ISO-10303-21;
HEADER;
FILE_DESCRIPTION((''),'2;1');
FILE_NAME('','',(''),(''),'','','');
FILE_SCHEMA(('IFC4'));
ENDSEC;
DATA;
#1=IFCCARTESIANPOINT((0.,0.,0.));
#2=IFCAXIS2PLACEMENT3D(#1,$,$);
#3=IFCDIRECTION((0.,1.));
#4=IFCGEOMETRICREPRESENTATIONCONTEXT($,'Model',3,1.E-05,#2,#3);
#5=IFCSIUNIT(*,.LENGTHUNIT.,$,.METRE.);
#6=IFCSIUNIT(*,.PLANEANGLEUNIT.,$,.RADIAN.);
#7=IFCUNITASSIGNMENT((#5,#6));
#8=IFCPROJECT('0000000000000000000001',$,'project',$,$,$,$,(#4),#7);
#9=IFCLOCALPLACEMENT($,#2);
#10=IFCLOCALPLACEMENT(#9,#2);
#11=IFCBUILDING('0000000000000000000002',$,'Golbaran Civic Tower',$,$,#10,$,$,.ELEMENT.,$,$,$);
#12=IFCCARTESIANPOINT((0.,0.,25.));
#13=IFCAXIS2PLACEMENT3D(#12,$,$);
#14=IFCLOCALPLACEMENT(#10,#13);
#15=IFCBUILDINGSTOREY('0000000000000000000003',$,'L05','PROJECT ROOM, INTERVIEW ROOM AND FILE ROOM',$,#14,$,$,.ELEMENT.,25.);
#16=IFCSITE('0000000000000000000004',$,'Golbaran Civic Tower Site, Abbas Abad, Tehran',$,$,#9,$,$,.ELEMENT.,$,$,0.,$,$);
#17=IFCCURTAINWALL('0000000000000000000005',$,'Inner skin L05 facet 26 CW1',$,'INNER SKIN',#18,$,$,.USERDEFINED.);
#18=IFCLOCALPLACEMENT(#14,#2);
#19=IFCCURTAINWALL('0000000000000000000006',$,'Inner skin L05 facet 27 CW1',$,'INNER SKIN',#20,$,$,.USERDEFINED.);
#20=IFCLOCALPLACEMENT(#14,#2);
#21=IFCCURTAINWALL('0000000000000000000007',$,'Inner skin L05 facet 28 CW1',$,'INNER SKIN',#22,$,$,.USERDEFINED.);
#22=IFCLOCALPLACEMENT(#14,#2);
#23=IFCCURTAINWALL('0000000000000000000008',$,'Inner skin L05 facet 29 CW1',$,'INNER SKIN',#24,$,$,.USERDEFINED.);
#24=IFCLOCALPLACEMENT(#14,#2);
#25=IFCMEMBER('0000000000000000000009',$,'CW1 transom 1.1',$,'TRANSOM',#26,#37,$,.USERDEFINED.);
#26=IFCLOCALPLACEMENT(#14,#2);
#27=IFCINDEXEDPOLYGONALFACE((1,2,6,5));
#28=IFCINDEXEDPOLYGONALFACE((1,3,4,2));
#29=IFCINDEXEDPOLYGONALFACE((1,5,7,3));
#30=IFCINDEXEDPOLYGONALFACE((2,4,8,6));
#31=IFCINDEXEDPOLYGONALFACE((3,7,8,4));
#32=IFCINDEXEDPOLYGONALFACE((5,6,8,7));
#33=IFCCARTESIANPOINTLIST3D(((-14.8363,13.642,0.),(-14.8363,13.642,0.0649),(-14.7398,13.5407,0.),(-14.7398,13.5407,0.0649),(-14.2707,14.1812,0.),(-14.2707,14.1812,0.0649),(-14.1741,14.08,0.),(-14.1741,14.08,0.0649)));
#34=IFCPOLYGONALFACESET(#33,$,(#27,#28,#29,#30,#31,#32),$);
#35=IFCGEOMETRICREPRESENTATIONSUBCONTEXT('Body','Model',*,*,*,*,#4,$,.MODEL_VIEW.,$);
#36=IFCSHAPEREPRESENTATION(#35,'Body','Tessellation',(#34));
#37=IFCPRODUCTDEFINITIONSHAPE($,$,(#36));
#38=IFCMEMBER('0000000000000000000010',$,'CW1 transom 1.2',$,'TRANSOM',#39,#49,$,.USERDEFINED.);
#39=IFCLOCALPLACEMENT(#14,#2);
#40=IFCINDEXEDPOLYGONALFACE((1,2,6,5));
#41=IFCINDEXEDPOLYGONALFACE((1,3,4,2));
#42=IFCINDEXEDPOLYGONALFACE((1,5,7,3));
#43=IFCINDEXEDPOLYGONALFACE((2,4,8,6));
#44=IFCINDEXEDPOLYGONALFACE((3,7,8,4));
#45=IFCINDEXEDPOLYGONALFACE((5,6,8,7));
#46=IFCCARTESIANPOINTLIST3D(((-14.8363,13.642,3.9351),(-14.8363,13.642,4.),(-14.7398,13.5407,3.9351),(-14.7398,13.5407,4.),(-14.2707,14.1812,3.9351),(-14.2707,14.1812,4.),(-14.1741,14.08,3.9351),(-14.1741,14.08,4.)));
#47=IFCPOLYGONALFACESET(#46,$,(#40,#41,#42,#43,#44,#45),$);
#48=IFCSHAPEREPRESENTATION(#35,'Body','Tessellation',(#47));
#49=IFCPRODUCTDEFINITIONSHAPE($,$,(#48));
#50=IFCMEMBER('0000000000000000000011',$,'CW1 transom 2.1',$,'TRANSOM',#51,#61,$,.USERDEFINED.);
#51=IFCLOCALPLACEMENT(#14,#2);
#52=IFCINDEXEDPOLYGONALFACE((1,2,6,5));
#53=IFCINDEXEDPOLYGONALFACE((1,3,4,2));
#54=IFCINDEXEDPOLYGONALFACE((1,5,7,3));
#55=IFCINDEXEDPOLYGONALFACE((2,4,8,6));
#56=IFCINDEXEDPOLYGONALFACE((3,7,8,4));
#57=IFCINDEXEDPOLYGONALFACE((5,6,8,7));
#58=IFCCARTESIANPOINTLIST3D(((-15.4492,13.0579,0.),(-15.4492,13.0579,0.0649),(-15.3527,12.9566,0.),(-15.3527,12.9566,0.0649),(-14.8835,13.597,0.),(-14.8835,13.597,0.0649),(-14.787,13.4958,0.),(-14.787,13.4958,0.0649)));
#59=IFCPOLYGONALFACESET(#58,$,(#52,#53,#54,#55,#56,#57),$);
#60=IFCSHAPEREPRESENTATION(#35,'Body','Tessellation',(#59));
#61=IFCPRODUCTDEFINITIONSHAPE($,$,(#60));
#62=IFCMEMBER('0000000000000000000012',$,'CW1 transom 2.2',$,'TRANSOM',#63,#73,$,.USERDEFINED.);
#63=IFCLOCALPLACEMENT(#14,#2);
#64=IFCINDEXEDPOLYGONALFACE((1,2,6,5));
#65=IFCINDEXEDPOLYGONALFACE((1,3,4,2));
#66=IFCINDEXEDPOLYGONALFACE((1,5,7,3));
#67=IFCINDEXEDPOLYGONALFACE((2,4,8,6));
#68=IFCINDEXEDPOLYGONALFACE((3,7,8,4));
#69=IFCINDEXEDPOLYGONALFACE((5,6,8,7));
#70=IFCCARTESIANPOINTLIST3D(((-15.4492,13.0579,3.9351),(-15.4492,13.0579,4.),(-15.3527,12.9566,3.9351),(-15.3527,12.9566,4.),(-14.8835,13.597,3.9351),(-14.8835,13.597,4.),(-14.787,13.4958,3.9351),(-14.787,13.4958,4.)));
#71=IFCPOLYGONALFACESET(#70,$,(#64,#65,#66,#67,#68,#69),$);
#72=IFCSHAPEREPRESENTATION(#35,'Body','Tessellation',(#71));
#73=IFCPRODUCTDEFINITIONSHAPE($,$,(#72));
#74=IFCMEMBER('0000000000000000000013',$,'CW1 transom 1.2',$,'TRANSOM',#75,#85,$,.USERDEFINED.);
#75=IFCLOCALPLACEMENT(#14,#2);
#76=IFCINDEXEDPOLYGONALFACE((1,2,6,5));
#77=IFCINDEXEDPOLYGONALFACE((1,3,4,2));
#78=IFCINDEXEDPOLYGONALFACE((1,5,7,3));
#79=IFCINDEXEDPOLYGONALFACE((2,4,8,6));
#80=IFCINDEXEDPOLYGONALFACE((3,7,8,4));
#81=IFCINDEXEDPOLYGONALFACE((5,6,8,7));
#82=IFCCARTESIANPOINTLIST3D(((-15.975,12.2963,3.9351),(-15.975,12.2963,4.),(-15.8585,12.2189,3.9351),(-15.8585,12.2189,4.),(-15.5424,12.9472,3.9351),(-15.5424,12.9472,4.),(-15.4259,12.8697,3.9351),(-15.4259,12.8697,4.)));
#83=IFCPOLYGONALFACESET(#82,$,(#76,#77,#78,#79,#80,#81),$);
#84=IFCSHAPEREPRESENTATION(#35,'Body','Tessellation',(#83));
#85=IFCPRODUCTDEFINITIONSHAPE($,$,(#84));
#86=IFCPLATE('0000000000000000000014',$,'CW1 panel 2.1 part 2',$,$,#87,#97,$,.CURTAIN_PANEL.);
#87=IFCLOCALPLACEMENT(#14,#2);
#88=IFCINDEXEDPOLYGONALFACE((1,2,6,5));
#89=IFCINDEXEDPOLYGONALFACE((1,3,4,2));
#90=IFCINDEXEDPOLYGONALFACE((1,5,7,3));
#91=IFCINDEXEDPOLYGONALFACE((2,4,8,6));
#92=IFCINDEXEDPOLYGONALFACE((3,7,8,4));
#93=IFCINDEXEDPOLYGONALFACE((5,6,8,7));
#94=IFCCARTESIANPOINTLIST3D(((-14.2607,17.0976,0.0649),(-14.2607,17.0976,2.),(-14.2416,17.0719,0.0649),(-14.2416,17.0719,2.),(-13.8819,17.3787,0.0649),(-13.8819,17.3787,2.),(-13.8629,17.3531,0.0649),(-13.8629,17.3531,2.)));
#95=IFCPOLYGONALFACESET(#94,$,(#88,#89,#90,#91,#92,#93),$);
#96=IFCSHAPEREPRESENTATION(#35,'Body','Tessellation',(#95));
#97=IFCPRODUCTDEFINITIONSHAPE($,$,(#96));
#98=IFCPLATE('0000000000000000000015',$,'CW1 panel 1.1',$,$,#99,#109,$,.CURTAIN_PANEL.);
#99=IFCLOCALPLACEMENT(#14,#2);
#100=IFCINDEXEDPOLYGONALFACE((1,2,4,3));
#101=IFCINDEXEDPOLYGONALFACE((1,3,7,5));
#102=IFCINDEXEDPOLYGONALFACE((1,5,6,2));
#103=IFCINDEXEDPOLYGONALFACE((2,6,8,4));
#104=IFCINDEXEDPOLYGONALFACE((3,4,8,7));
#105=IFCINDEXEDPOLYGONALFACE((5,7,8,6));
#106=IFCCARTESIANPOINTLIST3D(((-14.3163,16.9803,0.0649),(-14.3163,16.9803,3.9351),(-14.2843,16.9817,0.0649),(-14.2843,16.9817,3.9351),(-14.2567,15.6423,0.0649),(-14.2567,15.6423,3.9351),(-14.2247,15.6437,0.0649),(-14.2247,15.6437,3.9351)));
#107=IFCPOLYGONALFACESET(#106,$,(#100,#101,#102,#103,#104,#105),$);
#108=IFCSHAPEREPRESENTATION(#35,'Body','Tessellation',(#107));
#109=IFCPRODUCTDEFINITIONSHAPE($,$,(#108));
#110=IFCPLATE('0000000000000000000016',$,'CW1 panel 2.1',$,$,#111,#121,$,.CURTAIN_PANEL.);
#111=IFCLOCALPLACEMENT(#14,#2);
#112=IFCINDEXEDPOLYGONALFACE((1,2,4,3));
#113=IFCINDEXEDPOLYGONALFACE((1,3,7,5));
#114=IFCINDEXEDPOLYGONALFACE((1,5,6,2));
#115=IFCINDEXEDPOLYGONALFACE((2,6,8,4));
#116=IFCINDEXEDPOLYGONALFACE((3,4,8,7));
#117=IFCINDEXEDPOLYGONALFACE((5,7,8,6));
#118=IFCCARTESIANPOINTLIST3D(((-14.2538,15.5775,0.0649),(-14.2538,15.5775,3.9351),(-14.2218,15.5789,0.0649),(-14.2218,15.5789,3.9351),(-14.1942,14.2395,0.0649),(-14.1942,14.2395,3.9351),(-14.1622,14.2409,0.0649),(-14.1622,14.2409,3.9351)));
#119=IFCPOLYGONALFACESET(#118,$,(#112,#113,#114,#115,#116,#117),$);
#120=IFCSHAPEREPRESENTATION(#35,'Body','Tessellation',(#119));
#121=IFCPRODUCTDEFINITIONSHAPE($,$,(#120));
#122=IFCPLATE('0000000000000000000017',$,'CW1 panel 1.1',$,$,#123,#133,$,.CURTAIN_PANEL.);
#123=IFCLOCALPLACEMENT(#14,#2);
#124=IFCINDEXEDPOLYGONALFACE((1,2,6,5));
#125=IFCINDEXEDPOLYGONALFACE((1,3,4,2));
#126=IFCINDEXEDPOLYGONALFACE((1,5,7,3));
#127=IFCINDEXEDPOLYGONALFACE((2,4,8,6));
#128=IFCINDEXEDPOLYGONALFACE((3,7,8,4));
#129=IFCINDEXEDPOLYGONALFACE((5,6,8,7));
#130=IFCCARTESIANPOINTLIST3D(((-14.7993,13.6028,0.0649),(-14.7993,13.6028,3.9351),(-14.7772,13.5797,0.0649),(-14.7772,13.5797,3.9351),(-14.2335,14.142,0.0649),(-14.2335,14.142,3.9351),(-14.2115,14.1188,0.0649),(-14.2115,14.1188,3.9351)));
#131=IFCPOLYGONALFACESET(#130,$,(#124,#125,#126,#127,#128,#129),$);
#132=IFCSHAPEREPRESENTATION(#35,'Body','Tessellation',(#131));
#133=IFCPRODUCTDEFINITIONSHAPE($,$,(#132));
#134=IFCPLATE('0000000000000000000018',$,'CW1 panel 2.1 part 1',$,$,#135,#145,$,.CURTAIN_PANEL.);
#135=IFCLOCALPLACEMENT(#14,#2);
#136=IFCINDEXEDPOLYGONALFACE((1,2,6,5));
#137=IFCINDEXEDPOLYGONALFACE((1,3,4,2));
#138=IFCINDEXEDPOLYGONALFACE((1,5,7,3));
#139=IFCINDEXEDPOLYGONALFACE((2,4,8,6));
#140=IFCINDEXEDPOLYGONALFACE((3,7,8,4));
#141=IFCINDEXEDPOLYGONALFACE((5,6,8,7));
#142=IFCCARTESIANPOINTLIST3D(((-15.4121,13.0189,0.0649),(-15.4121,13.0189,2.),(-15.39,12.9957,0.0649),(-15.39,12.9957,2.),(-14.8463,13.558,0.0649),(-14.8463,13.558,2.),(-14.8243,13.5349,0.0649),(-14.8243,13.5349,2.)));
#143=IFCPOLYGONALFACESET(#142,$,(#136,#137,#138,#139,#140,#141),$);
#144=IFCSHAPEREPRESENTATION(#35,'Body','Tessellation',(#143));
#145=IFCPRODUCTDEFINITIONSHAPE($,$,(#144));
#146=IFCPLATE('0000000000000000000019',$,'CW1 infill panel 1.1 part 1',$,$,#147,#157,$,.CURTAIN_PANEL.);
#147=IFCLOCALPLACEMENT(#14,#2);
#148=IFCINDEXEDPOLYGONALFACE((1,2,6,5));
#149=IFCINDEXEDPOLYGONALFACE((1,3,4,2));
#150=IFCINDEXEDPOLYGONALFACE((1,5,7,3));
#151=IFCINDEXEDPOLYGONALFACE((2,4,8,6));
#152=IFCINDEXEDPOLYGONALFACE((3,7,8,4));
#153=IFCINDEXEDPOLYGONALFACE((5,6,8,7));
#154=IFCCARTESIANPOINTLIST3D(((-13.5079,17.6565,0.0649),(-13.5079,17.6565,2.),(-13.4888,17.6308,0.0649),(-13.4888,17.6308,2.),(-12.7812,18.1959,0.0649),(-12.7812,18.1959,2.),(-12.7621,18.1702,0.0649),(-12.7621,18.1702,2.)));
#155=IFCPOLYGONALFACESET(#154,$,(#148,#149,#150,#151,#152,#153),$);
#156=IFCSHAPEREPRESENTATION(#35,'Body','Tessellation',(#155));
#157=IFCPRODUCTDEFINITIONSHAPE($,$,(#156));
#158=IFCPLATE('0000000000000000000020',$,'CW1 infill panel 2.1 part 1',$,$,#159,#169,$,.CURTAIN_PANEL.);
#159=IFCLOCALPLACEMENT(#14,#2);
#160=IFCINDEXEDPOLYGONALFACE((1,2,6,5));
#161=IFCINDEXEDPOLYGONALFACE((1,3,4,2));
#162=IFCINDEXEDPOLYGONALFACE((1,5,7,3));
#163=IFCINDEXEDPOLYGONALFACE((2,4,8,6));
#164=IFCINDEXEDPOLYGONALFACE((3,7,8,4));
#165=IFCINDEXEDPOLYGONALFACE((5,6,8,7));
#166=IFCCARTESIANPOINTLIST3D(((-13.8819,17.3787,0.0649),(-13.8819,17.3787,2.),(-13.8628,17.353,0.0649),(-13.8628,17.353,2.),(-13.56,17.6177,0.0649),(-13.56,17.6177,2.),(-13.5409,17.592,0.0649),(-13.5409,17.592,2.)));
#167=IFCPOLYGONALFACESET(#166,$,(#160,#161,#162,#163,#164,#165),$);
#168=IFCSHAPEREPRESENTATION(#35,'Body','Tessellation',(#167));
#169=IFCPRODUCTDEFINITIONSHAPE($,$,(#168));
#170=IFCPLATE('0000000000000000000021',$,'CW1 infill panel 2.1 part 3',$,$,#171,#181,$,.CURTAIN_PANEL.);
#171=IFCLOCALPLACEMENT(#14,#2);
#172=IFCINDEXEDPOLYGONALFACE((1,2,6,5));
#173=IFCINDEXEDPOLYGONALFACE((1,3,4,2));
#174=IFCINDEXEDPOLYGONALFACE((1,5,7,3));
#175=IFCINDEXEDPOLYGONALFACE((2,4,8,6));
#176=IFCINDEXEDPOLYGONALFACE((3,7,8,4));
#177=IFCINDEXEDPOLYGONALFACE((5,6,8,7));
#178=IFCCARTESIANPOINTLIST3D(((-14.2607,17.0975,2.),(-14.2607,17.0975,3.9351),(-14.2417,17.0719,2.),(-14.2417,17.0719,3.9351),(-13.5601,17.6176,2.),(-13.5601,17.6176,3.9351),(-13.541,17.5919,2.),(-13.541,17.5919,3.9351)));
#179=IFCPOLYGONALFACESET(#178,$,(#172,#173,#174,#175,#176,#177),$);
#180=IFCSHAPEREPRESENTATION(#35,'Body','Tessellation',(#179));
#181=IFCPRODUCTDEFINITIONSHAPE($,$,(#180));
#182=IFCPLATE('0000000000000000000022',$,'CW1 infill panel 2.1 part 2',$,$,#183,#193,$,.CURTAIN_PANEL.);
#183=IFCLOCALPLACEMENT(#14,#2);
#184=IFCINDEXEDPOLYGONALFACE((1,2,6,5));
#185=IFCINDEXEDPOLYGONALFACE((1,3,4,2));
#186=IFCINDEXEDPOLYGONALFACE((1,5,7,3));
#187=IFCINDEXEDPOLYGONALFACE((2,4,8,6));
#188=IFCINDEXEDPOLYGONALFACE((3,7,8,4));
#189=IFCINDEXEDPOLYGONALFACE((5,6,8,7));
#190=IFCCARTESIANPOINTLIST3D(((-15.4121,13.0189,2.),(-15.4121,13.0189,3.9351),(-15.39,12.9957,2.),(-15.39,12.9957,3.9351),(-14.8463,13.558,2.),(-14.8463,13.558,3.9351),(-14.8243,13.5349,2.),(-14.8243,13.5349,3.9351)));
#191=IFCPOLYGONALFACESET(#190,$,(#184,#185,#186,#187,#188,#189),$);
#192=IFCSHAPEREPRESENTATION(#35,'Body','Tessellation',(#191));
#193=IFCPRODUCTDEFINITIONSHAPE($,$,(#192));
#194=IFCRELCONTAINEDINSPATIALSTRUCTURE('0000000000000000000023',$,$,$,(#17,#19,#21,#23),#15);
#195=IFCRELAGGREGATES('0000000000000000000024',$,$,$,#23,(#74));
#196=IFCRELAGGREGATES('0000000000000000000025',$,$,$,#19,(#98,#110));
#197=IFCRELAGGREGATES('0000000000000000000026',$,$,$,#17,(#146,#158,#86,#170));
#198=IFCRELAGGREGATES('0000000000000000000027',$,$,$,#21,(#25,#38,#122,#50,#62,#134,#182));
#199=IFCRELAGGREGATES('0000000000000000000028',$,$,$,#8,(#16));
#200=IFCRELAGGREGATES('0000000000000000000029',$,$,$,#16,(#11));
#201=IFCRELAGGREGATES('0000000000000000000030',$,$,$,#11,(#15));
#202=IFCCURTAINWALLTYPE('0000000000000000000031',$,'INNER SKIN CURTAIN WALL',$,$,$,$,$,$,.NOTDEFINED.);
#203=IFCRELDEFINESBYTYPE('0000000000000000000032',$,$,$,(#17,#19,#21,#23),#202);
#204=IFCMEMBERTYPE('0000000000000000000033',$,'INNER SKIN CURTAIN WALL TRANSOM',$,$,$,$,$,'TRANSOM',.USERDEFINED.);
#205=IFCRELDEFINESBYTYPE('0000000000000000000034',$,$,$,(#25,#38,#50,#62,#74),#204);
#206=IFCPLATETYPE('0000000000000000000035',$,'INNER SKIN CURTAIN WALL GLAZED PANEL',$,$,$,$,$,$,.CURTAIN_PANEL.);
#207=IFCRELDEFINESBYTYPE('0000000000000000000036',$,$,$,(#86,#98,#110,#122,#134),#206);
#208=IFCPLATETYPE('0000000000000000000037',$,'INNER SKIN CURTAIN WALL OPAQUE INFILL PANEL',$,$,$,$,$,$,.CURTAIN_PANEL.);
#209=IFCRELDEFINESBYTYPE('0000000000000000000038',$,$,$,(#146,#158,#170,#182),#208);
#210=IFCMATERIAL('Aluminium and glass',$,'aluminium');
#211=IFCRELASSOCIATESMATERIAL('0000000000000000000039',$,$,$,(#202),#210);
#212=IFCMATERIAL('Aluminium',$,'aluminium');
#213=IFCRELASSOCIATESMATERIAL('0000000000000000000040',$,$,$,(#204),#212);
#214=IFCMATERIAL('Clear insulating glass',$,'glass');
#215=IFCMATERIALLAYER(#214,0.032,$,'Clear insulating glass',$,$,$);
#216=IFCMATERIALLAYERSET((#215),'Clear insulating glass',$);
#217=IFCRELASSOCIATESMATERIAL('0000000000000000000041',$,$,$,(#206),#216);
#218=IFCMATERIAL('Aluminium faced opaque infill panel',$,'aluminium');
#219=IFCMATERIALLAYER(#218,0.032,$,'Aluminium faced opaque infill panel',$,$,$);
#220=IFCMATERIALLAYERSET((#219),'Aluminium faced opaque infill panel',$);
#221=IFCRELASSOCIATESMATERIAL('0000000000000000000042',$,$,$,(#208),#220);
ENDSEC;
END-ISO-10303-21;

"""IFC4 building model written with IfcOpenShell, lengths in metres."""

from ifc_helpers import new_model, si_unit, direction, frame, origin, origin_2d, place, context, subcontext, project, spatial, rectangle, extrude, material, layer, layer_set, material_profile, profile_set, type_object, element, aggregate, save


model = new_model("IFC4")

# Units and contexts
model_context = context("Model", 3, precision=1e-05, world=origin(), true_north=direction((0.0, 1.0)))
body_context = subcontext(model_context, "Body", "Model", "MODEL_VIEW")
ifc_project = project(units=[si_unit("LENGTHUNIT", "METRE"), si_unit("PLANEANGLEUNIT", "RADIAN")], contexts=[model_context])

# Site, building, storey
site_placement = place(None, origin())
site = spatial("IfcSite", under=ifc_project, at=site_placement, Name="Golbaran Civic Tower Site, Abbas Abad, Tehran", CompositionType="ELEMENT", RefElevation=0.0)
building_placement = place(site_placement, origin())
building = spatial("IfcBuilding", under=site, at=building_placement, Name="Golbaran Civic Tower", CompositionType="ELEMENT")
storey_placement = place(building_placement, frame((0.0, 0.0, 25.0)))
storey = spatial("IfcBuildingStorey", under=building, at=storey_placement, Name="L05", Description="PROJECT ROOM, INTERVIEW ROOM AND FILE ROOM", CompositionType="ELEMENT", Elevation=25.0)

# Curtain walls
ifc_material_1 = material(Name="Aluminium and glass", Category="aluminium")
curtain_wall_type = type_object("IfcCurtainWallType", Name="INNER SKIN CURTAIN WALL", PredefinedType="NOTDEFINED", material=ifc_material_1)
curtain_wall_1_placement = place(storey_placement, origin())
curtain_wall_1 = element("IfcCurtainWall", 1, at=curtain_wall_1_placement, inside=storey, type_object=curtain_wall_type, Name="Inner skin L05 facet 26 CW1", ObjectType="INNER SKIN", PredefinedType="USERDEFINED")
ifc_material_2 = material(Name="Aluminium", Category="aluminium")
curtain_wall_2_placement = place(storey_placement, origin())
curtain_wall_2 = element("IfcCurtainWall", 2, at=curtain_wall_2_placement, inside=storey, type_object=curtain_wall_type, Name="Inner skin L05 facet 27 CW1", ObjectType="INNER SKIN", PredefinedType="USERDEFINED")
curtain_wall_3_placement = place(storey_placement, origin())
curtain_wall_3 = element("IfcCurtainWall", 3, at=curtain_wall_3_placement, inside=storey, type_object=curtain_wall_type, Name="Inner skin L05 facet 28 CW1", ObjectType="INNER SKIN", PredefinedType="USERDEFINED")

# Curtain wall
curtain_wall_4_placement = place(storey_placement, origin())
curtain_wall_4 = element("IfcCurtainWall", 4, at=curtain_wall_4_placement, inside=storey, type_object=curtain_wall_type, Name="Inner skin L05 facet 29 CW1", ObjectType="INNER SKIN", PredefinedType="USERDEFINED")

# Members
ifc_material_profile_1 = material_profile(ifc_material_2, rectangle(XDim=0.1399, YDim=0.0649, at=origin_2d()), Name="INNER SKIN CURTAIN WALL TRANSOM")
ifc_profile_set_1 = profile_set([ifc_material_profile_1], Name="Aluminium")
member_type_1 = type_object("IfcMemberType", Name="INNER SKIN CURTAIN WALL TRANSOM", ElementType="TRANSOM", PredefinedType="USERDEFINED", material=ifc_profile_set_1)
member_1_placement = place(storey_placement, frame((-14.2224, 14.1306, 0.0325), z_axis=(-0.723774, -0.690037, 0.0), x_axis=(0.690037, -0.723774, 0.0)))
member_1 = element("IfcMember", 5, at=member_1_placement, type_object=member_type_1, Name="CW1 transom 1.1", ObjectType="TRANSOM", PredefinedType="USERDEFINED", context=body_context, shape_type="SweptSolid", body=[
    extrude(rectangle(XDim=0.1399, YDim=0.0649, at=origin_2d()), origin(), (0.0, 0.0, 1.0), 0.7815),
])
member_2_placement = place(storey_placement, frame((-14.2224, 14.1306, 3.9675), z_axis=(-0.723774, -0.690037, 0.0), x_axis=(0.690037, -0.723774, 0.0)))
member_2 = element("IfcMember", 6, at=member_2_placement, type_object=member_type_1, Name="CW1 transom 1.2", ObjectType="TRANSOM", PredefinedType="USERDEFINED", context=body_context, shape_type="SweptSolid", body=[
    extrude(rectangle(XDim=0.1399, YDim=0.0649, at=origin_2d()), origin(), (0.0, 0.0, 1.0), 0.7815),
])
member_3_placement = place(storey_placement, frame((-14.8352, 13.5464, 0.0325), z_axis=(-0.72393, -0.689874, 0.0), x_axis=(0.689874, -0.72393, 0.0)))
member_3 = element("IfcMember", 7, at=member_3_placement, type_object=member_type_1, Name="CW1 transom 2.1", ObjectType="TRANSOM", PredefinedType="USERDEFINED", context=body_context, shape_type="SweptSolid", body=[
    extrude(rectangle(XDim=0.1399, YDim=0.0649, at=origin_2d()), origin(), (0.0, 0.0, 1.0), 0.7815),
])
member_4_placement = place(storey_placement, frame((-14.8352, 13.5464, 3.9675), z_axis=(-0.72393, -0.689874, 0.0), x_axis=(0.689874, -0.72393, 0.0)))
member_4 = element("IfcMember", 8, at=member_4_placement, type_object=member_type_1, Name="CW1 transom 2.2", ObjectType="TRANSOM", PredefinedType="USERDEFINED", context=body_context, shape_type="SweptSolid", body=[
    extrude(rectangle(XDim=0.1399, YDim=0.0649, at=origin_2d()), origin(), (0.0, 0.0, 1.0), 0.7815),
])
member_5_placement = place(storey_placement, frame((-15.4841, 12.9084, 3.9675), z_axis=(-0.553546, -0.832818, 0.0), x_axis=(0.832818, -0.553546, 0.0)))
member_5 = element("IfcMember", 9, at=member_5_placement, type_object=member_type_1, Name="CW1 transom 1.2", ObjectType="TRANSOM", PredefinedType="USERDEFINED", context=body_context, shape_type="SweptSolid", body=[
    extrude(rectangle(XDim=0.1399, YDim=0.0649, at=origin_2d()), origin(), (0.0, 0.0, 1.0), 0.7815),
])
aggregate(curtain_wall_4, [member_5])

# Plates
ifc_material_3 = material(Name="Clear insulating glass", Category="glass")
ifc_layer_1 = layer(ifc_material_3, 0.032, Name="Clear insulating glass")
ifc_layer_set_1 = layer_set([ifc_layer_1], Name="Clear insulating glass")
plate_type_1 = type_object("IfcPlateType", Name="INNER SKIN CURTAIN WALL GLAZED PANEL", PredefinedType="CURTAIN_PANEL", material=ifc_layer_set_1)
plate_1_placement = place(storey_placement, frame((-14.0618, 17.2253, 0.0649), z_axis=(0.0, 0.0, 1.0), x_axis=(-0.80297, -0.596019, 0.0)))
plate_1 = element("IfcPlate", 10, at=plate_1_placement, type_object=plate_type_1, Name="CW1 panel 2.1 part 2", PredefinedType="CURTAIN_PANEL", context=body_context, shape_type="SweptSolid", body=[
    extrude(rectangle(XDim=0.4717, YDim=0.032, at=origin_2d()), origin(), (0.0, 0.0, 1.0), 1.9351),
])
plate_2_placement = place(storey_placement, frame((-14.2705, 16.312, 0.0649), z_axis=(0.0, 0.0, 1.0), x_axis=(0.044524, -0.999008, 0.0)))
plate_2 = element("IfcPlate", 11, at=plate_2_placement, type_object=plate_type_1, Name="CW1 panel 1.1", PredefinedType="CURTAIN_PANEL", context=body_context, shape_type="SweptSolid", body=[
    extrude(rectangle(XDim=1.3394, YDim=0.032, at=origin_2d()), origin(), (0.0, 0.0, 1.0), 3.8701),
])
plate_3_placement = place(storey_placement, frame((-14.208, 14.9092, 0.0649), z_axis=(0.0, 0.0, 1.0), x_axis=(0.044524, -0.999008, 0.0)))
plate_3 = element("IfcPlate", 12, at=plate_3_placement, type_object=plate_type_1, Name="CW1 panel 2.1", PredefinedType="CURTAIN_PANEL", context=body_context, shape_type="SweptSolid", body=[
    extrude(rectangle(XDim=1.3394, YDim=0.032, at=origin_2d()), origin(), (0.0, 0.0, 1.0), 3.8701),
])
aggregate(curtain_wall_2, [plate_2, plate_3])
plate_4_placement = place(storey_placement, frame((-14.5054, 13.8608, 0.0649), z_axis=(0.0, 0.0, 1.0), x_axis=(-0.7239, -0.689904, 0.0)))
plate_4 = element("IfcPlate", 13, at=plate_4_placement, type_object=plate_type_1, Name="CW1 panel 1.1", PredefinedType="CURTAIN_PANEL", context=body_context, shape_type="SweptSolid", body=[
    extrude(rectangle(XDim=0.7815, YDim=0.032, at=origin_2d()), origin(), (0.0, 0.0, 1.0), 3.8701),
])
plate_5_placement = place(storey_placement, frame((-15.1182, 13.2769, 0.0649), z_axis=(0.0, 0.0, 1.0), x_axis=(-0.7239, -0.689904, 0.0)))
plate_5 = element("IfcPlate", 14, at=plate_5_placement, type_object=plate_type_1, Name="CW1 panel 2.1 part 1", PredefinedType="CURTAIN_PANEL", context=body_context, shape_type="SweptSolid", body=[
    extrude(rectangle(XDim=0.7815, YDim=0.032, at=origin_2d()), origin(), (0.0, 0.0, 1.0), 1.9351),
])
ifc_material_4 = material(Name="Aluminium faced opaque infill panel", Category="aluminium")
ifc_layer_2 = layer(ifc_material_4, 0.032, Name="Aluminium faced opaque infill panel")
ifc_layer_set_2 = layer_set([ifc_layer_2], Name="Aluminium faced opaque infill panel")
plate_type_2 = type_object("IfcPlateType", Name="INNER SKIN CURTAIN WALL OPAQUE INFILL PANEL", PredefinedType="CURTAIN_PANEL", material=ifc_layer_set_2)
plate_6_placement = place(storey_placement, frame((-13.135, 17.9133, 0.0649), z_axis=(0.0, 0.0, 1.0), x_axis=(-0.80297, -0.596019, 0.0)))
plate_6 = element("IfcPlate", 15, at=plate_6_placement, type_object=plate_type_2, Name="CW1 infill panel 1.1 part 1", PredefinedType="CURTAIN_PANEL", context=body_context, shape_type="SweptSolid", body=[
    extrude(rectangle(XDim=0.905, YDim=0.032, at=origin_2d()), origin(), (0.0, 0.0, 1.0), 1.9351),
])
plate_7_placement = place(storey_placement, frame((-13.7114, 17.4854, 0.0649), z_axis=(0.0, 0.0, 1.0), x_axis=(-0.80297, -0.596019, 0.0)))
plate_7 = element("IfcPlate", 16, at=plate_7_placement, type_object=plate_type_2, Name="CW1 infill panel 2.1 part 1", PredefinedType="CURTAIN_PANEL", context=body_context, shape_type="SweptSolid", body=[
    extrude(rectangle(XDim=0.4009, YDim=0.032, at=origin_2d()), origin(), (0.0, 0.0, 1.0), 1.9351),
])
plate_8_placement = place(storey_placement, frame((-13.9009, 17.3447, 2.0), z_axis=(0.0, 0.0, 1.0), x_axis=(-0.80297, -0.596019, 0.0)))
plate_8 = element("IfcPlate", 17, at=plate_8_placement, type_object=plate_type_2, Name="CW1 infill panel 2.1 part 3", PredefinedType="CURTAIN_PANEL", context=body_context, shape_type="SweptSolid", body=[
    extrude(rectangle(XDim=0.8726, YDim=0.032, at=origin_2d()), origin(), (0.0, 0.0, 1.0), 1.9351),
])
aggregate(curtain_wall_1, [plate_6, plate_7, plate_1, plate_8])
plate_9_placement = place(storey_placement, frame((-15.1182, 13.2769, 2.0), z_axis=(0.0, 0.0, 1.0), x_axis=(-0.7239, -0.689904, 0.0)))
plate_9 = element("IfcPlate", 18, at=plate_9_placement, type_object=plate_type_2, Name="CW1 infill panel 2.1 part 2", PredefinedType="CURTAIN_PANEL", context=body_context, shape_type="SweptSolid", body=[
    extrude(rectangle(XDim=0.7815, YDim=0.032, at=origin_2d()), origin(), (0.0, 0.0, 1.0), 1.9351),
])
aggregate(curtain_wall_3, [member_1, member_2, plate_4, member_3, member_4, plate_5, plate_9])

save(model, "model.ifc")
